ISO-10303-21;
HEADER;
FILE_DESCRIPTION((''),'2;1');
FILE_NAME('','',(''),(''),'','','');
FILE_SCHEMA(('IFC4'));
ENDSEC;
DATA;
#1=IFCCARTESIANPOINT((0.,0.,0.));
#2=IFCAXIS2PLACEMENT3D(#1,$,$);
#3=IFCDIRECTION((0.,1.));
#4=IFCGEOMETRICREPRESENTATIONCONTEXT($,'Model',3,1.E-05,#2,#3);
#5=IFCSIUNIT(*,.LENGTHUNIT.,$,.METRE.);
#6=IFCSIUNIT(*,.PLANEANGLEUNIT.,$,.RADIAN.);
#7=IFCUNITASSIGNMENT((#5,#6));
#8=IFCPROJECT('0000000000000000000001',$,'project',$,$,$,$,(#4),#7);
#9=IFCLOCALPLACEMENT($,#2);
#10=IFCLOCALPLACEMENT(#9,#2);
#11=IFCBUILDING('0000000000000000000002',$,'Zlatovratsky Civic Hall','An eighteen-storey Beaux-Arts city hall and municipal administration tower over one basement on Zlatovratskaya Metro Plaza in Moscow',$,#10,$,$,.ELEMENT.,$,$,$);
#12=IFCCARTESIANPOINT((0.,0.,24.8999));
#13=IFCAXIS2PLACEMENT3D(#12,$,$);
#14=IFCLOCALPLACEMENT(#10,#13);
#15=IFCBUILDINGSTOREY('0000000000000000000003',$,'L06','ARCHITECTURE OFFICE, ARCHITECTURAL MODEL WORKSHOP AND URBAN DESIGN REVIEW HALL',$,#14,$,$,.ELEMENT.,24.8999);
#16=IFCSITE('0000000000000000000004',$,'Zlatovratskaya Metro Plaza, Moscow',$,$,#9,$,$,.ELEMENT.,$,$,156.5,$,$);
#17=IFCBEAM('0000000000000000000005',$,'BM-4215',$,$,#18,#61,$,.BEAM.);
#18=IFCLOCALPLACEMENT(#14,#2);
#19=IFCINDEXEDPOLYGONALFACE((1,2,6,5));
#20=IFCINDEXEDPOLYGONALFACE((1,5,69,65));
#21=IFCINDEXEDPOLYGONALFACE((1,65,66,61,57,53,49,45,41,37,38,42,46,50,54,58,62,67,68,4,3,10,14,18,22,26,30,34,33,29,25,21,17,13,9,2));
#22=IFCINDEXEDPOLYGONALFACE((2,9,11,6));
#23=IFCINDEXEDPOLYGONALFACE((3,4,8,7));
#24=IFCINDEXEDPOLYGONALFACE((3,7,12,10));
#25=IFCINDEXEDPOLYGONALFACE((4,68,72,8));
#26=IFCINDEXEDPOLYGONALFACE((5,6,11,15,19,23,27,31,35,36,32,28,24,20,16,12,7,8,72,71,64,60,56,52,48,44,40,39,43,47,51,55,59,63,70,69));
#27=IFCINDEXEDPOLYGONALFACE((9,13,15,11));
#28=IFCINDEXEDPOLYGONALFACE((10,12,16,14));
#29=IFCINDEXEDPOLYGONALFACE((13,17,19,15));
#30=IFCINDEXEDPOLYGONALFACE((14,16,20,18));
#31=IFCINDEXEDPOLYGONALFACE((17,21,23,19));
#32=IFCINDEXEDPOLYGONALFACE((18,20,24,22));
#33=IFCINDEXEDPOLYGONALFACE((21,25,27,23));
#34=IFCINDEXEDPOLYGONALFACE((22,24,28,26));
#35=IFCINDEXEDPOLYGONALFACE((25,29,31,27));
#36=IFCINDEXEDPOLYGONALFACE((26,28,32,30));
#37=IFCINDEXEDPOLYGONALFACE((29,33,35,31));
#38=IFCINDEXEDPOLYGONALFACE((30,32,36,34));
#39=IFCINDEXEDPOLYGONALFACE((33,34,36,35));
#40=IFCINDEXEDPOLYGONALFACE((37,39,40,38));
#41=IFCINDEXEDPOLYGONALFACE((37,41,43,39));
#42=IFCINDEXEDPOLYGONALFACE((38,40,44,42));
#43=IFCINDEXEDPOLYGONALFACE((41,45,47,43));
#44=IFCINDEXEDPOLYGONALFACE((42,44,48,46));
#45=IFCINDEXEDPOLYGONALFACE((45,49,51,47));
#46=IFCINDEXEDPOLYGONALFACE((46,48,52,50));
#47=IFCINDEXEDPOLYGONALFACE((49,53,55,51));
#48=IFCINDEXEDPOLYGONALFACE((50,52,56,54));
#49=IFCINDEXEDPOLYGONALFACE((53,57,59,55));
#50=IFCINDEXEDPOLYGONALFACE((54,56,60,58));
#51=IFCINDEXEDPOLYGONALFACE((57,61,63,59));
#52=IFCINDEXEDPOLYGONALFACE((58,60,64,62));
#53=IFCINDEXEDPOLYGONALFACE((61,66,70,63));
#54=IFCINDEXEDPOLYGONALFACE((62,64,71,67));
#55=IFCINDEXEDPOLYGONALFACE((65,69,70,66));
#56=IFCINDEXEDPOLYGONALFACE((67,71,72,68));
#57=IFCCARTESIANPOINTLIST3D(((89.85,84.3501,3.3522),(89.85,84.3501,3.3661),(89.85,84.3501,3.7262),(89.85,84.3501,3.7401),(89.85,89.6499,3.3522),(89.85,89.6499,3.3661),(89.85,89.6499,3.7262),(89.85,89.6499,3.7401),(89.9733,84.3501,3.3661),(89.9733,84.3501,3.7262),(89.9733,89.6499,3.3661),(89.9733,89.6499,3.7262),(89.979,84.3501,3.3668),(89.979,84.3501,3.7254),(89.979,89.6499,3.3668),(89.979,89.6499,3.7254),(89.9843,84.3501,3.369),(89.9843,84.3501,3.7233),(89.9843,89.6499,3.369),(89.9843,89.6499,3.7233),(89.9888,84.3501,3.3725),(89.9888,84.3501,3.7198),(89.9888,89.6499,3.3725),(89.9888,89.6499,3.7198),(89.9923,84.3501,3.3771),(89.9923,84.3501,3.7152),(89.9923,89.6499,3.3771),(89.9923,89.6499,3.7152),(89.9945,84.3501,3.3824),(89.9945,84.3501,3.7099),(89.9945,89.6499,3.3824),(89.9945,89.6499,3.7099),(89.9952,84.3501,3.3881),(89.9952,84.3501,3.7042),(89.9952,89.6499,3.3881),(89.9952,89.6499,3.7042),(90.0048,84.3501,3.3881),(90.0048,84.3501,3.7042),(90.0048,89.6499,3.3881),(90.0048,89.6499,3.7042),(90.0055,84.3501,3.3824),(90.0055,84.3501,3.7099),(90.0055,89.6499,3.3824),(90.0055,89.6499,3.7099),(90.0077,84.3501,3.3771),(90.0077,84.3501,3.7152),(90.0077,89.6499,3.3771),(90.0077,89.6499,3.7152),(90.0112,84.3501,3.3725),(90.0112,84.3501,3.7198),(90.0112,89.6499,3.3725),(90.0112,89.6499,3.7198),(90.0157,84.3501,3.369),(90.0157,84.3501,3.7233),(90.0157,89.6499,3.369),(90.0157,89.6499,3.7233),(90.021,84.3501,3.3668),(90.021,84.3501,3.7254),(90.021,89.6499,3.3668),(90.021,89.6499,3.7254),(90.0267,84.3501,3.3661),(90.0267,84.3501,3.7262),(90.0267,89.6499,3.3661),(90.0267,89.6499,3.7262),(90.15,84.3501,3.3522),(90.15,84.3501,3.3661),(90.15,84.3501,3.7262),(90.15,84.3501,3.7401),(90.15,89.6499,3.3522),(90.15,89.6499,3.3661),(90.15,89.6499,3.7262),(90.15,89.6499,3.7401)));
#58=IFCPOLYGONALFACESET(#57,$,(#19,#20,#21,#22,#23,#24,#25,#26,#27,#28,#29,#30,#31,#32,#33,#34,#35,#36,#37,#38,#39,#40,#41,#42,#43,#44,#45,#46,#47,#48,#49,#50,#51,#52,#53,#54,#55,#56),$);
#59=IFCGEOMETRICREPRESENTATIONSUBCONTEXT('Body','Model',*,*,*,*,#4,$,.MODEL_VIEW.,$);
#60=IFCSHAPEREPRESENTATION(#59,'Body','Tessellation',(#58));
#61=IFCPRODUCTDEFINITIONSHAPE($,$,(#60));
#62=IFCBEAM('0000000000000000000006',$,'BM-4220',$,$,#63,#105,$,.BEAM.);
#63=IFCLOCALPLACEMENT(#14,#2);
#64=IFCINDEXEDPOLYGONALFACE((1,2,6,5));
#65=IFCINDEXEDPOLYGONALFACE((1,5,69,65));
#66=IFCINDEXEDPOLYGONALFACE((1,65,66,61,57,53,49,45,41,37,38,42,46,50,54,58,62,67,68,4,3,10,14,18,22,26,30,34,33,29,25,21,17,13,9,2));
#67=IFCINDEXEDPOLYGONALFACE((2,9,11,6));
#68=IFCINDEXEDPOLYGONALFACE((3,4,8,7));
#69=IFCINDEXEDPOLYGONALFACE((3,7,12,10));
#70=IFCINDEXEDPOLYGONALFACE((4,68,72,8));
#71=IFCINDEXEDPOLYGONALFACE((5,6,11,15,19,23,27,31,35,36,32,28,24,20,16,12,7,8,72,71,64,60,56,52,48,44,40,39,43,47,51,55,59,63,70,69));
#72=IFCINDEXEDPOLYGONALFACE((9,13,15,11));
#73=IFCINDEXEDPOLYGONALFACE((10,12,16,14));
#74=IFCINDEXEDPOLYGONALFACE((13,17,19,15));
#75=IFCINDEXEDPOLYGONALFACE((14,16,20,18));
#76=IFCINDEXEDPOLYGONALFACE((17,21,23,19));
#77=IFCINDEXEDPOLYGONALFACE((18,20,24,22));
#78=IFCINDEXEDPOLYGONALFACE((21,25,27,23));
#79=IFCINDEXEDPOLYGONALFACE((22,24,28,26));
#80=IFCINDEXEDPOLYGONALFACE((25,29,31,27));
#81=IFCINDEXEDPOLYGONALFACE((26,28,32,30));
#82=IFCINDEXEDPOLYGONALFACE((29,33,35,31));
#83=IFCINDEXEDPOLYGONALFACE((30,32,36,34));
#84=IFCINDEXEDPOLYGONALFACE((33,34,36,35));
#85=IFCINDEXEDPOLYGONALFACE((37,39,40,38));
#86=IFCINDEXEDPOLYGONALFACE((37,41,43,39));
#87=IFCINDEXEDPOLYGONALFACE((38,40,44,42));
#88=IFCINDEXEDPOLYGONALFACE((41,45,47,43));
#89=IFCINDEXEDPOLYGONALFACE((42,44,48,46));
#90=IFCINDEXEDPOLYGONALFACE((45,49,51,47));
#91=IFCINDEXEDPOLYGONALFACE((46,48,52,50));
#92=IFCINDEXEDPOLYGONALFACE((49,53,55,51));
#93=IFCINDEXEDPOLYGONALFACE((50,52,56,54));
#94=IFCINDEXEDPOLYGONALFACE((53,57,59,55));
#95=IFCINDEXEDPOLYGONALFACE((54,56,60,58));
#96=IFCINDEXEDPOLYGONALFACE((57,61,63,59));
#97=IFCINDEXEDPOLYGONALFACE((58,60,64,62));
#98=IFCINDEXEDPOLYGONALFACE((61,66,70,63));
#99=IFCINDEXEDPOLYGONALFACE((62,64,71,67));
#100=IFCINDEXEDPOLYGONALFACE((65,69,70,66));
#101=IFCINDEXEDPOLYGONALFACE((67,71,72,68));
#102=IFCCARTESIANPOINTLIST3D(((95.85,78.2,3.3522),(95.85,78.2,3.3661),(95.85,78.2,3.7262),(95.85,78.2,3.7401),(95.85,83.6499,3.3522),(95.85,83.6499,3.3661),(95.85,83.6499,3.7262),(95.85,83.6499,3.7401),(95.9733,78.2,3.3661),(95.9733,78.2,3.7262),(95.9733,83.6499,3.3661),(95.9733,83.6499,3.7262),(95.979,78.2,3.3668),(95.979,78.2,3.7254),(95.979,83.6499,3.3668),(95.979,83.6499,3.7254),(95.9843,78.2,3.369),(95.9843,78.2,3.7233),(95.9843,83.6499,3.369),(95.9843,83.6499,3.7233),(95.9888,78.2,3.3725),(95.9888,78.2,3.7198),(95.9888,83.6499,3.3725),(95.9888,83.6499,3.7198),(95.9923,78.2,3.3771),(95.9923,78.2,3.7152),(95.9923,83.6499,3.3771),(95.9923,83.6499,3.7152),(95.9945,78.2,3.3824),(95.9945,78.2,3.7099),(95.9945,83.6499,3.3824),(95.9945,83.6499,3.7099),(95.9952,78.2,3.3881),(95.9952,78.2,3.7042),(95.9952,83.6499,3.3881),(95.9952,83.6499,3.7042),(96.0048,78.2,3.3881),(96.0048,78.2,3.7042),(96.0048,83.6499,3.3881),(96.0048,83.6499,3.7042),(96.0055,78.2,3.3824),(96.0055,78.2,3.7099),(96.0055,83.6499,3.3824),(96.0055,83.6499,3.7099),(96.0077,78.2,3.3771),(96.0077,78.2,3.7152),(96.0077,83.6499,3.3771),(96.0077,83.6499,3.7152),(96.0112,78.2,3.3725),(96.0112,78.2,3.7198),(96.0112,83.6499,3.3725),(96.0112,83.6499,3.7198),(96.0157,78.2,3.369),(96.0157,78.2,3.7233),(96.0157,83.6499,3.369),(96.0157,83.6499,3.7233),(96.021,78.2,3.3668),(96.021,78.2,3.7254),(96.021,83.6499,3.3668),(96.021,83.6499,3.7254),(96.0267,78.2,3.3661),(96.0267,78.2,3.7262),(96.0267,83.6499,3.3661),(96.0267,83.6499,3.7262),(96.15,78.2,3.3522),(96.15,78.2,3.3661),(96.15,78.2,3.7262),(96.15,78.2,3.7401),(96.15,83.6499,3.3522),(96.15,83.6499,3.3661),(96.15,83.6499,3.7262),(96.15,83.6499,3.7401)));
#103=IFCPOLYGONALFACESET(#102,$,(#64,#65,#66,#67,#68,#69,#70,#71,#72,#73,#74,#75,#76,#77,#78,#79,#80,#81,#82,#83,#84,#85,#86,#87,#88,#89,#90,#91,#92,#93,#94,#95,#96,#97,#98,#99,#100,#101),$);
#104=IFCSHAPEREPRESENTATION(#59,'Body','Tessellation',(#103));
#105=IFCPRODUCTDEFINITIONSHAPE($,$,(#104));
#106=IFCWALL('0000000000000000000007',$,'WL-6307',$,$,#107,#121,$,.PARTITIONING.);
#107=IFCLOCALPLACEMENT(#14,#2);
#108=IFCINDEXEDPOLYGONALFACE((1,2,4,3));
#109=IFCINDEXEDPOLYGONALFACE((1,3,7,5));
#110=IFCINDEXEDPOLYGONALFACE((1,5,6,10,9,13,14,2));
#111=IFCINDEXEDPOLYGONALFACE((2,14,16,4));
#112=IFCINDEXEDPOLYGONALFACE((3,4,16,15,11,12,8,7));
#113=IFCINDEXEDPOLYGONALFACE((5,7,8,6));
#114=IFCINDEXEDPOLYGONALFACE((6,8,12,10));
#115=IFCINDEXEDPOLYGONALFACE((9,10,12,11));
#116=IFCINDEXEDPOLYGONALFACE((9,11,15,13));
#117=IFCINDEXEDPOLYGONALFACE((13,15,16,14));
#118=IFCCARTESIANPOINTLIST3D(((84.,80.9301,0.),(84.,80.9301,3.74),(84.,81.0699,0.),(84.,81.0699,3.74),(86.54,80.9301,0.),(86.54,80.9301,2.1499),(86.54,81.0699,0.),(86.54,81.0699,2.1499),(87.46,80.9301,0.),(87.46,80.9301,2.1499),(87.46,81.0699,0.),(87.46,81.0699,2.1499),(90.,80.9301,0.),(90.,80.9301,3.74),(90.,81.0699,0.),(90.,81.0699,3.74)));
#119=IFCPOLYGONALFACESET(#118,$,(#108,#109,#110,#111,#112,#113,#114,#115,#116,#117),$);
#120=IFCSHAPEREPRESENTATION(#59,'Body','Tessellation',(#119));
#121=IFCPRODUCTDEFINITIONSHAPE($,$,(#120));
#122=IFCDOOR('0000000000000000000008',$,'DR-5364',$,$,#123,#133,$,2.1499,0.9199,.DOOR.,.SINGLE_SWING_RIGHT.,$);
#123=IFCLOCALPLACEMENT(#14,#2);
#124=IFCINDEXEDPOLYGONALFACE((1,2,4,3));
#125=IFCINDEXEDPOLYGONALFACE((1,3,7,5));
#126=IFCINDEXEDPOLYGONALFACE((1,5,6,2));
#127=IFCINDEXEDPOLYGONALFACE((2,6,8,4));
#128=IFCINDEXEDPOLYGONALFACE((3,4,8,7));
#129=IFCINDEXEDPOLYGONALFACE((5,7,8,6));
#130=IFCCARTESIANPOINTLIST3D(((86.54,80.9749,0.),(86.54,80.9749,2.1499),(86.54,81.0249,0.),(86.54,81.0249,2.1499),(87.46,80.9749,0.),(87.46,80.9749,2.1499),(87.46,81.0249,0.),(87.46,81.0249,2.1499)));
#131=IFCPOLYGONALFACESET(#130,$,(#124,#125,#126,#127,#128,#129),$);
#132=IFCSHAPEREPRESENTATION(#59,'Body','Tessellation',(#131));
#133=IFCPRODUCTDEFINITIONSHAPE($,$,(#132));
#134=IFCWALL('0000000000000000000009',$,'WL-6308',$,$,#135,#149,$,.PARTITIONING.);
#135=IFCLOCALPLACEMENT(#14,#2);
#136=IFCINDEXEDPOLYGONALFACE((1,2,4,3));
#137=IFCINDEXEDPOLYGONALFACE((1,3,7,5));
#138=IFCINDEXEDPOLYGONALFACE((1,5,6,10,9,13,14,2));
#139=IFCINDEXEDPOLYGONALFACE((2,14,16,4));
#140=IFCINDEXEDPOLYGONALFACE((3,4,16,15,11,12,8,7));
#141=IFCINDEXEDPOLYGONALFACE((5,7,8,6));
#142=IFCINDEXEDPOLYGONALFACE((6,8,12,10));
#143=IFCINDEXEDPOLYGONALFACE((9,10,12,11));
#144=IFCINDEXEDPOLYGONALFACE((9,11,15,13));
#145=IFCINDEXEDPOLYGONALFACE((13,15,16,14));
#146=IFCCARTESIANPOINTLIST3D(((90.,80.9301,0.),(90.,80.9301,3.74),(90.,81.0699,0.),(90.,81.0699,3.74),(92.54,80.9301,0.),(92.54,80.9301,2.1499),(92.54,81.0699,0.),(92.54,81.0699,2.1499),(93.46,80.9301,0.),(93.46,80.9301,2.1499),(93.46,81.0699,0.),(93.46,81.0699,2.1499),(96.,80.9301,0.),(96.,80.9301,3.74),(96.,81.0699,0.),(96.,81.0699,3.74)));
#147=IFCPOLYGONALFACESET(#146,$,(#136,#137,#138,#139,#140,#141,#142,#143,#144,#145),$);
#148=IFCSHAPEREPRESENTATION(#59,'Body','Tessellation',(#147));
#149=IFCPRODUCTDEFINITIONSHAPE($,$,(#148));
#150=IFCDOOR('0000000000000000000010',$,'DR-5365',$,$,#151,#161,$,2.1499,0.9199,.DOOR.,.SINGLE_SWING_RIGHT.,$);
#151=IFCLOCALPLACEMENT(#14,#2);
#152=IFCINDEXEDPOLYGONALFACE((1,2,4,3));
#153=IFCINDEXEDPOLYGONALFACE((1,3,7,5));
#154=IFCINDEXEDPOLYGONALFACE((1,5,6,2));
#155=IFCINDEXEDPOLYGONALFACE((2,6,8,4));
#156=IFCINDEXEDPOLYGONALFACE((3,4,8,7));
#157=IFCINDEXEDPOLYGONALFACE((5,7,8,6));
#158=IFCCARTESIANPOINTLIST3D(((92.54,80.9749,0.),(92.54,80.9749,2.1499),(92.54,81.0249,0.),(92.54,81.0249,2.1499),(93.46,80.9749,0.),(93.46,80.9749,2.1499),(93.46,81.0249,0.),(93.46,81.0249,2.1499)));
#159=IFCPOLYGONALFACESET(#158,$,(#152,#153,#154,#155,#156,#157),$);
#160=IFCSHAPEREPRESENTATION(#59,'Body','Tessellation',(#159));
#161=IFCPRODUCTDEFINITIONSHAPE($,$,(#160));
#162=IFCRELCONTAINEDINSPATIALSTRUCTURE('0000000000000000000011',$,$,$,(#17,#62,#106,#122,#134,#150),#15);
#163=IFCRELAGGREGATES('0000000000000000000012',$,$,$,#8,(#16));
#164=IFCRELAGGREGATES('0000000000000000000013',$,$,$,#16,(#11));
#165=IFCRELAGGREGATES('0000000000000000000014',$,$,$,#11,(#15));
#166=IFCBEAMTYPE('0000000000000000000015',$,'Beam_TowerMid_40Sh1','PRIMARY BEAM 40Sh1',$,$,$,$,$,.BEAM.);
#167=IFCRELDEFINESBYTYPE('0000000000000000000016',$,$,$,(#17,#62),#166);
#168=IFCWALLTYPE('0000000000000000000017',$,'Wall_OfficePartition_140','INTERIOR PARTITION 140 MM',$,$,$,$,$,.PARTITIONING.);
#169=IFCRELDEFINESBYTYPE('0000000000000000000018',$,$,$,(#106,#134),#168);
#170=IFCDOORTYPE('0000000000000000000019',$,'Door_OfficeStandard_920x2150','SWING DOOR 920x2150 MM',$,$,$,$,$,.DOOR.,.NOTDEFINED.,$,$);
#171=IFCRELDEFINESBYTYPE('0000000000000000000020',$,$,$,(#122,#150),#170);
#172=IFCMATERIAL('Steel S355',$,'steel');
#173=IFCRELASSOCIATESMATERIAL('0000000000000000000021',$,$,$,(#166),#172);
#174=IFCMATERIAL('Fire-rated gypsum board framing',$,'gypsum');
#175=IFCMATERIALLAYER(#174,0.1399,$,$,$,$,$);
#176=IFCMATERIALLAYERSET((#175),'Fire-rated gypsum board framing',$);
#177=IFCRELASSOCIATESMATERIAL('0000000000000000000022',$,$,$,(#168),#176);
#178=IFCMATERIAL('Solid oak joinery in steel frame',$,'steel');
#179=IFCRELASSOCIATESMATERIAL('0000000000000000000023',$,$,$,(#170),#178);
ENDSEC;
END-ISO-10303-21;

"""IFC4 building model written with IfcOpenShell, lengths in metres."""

from ifc_helpers import new_model, si_unit, direction, frame, frame_2d, origin, origin_2d, place, context, subcontext, project, spatial, rectangle, i_section, extrude, material, layer, layer_set, material_profile, profile_set, type_object, element, fill, save


model = new_model("IFC4")

# Units and contexts
model_context = context("Model", 3, precision=1e-05, world=origin(), true_north=direction((0.0, 1.0)))
body_context = subcontext(model_context, "Body", "Model", "MODEL_VIEW")
ifc_project = project(units=[si_unit("LENGTHUNIT", "METRE"), si_unit("PLANEANGLEUNIT", "RADIAN")], contexts=[model_context])

# Site, building, storey
site_placement = place(None, origin())
site = spatial("IfcSite", under=ifc_project, at=site_placement, Name="Zlatovratskaya Metro Plaza, Moscow", CompositionType="ELEMENT", RefElevation=156.5)
building_placement = place(site_placement, origin())
building = spatial("IfcBuilding", under=site, at=building_placement, Name="Zlatovratsky Civic Hall", Description="An eighteen-storey Beaux-Arts city hall and municipal administration tower over one basement on Zlatovratskaya Metro Plaza in Moscow", CompositionType="ELEMENT")
storey_placement = place(building_placement, frame((0.0, 0.0, 24.8999)))
storey = spatial("IfcBuildingStorey", under=building, at=storey_placement, Name="L06", Description="ARCHITECTURE OFFICE, ARCHITECTURAL MODEL WORKSHOP AND URBAN DESIGN REVIEW HALL", CompositionType="ELEMENT", Elevation=24.8999)

# Shared definitions
ifc_material_1 = material(Name="Steel S355", Category="steel")

# Beams
ifc_material_profile_1 = material_profile(ifc_material_1, i_section(OverallWidth=0.3, OverallDepth=0.3879, WebThickness=0.0095, FlangeThickness=0.0139, FilletRadius=0.022, at=origin_2d()), Name="40Sh1")
ifc_profile_set_1 = profile_set([ifc_material_profile_1], Name="Steel S355")
beam_type = type_object("IfcBeamType", Name="Beam_TowerMid_40Sh1", Description="PRIMARY BEAM 40Sh1", PredefinedType="BEAM", material=ifc_profile_set_1)
beam_1_placement = place(storey_placement, frame((90.0, 84.3501, 3.5461), z_axis=(0.0, 1.0, 0.0), x_axis=(-1.0, 0.0, 0.0)))
element("IfcBeam", 1, at=beam_1_placement, inside=storey, type_object=beam_type, Name="BM-4215", PredefinedType="BEAM", context=body_context, shape_type="SweptSolid", body=[
    extrude(i_section(OverallWidth=0.3, OverallDepth=0.3879, WebThickness=0.0095, FlangeThickness=0.0139, FilletRadius=0.022, at=origin_2d()), origin(), (0.0, 0.0, 1.0), 5.2998),
])
beam_2_placement = place(storey_placement, frame((96.0, 78.2, 3.5461), z_axis=(0.0, 1.0, 0.0), x_axis=(-1.0, 0.0, 0.0)))
element("IfcBeam", 2, at=beam_2_placement, inside=storey, type_object=beam_type, Name="BM-4220", PredefinedType="BEAM", context=body_context, shape_type="SweptSolid", body=[
    extrude(i_section(OverallWidth=0.3, OverallDepth=0.3879, WebThickness=0.0095, FlangeThickness=0.0139, FilletRadius=0.022, at=origin_2d()), origin(), (0.0, 0.0, 1.0), 5.45),
])

# Walls, openings, doors
ifc_material_2 = material(Name="Fire-rated gypsum board framing", Category="gypsum")
ifc_layer_1 = layer(ifc_material_2, 0.1399)
ifc_layer_set_1 = layer_set([ifc_layer_1], Name="Fire-rated gypsum board framing")
wall_type_1 = type_object("IfcWallType", Name="Wall_OfficePartition_140", Description="INTERIOR PARTITION 140 MM", PredefinedType="PARTITIONING", material=ifc_layer_set_1)
wall_1_placement = place(storey_placement, frame((84.0, 81.0, 0.0), z_axis=(0.0, 0.0, 1.0), x_axis=(1.0, 0.0, 0.0)))
wall_1 = element("IfcWall", 3, at=wall_1_placement, inside=storey, type_object=wall_type_1, Name="WL-6307", PredefinedType="PARTITIONING", context=body_context, shape_type="SweptSolid", body=[
    extrude(rectangle(XDim=6.0, YDim=0.1399, at=frame_2d((3.0, 0.0))), origin(), (0.0, 0.0, 1.0), 3.74),
])
opening_1_placement = place(wall_1_placement, frame((2.54, 0.0, 0.0)))
opening_1 = element("IfcOpeningElement", 4, at=opening_1_placement, cuts=wall_1, PredefinedType="OPENING", context=body_context, shape_type="SweptSolid", body=[
    extrude(rectangle(XDim=0.9199, YDim=2.1499, at=frame_2d((0.46, 1.075))), frame((0.0, 0.085, 0.0), z_axis=(0.0, -1.0, 0.0), x_axis=(1.0, 0.0, 0.0)), (0.0, 0.0, 1.0), 0.1697),
])
ifc_material_3 = material(Name="Solid oak joinery in steel frame", Category="steel")
door_type_1 = type_object("IfcDoorType", Name="Door_OfficeStandard_920x2150", Description="SWING DOOR 920x2150 MM", OperationType="NOTDEFINED", PredefinedType="DOOR", material=ifc_material_3)
door_1_placement = place(opening_1_placement, origin())
door_1 = element("IfcDoor", 5, at=door_1_placement, inside=storey, type_object=door_type_1, Name="DR-5364", OperationType="SINGLE_SWING_RIGHT", OverallHeight=2.1499, OverallWidth=0.9199, PredefinedType="DOOR", context=body_context, shape_type="SweptSolid", body=[
    extrude(rectangle(XDim=0.9199, YDim=2.1499, at=frame_2d((0.46, 1.075))), frame((0.0, 0.0249, 0.0), z_axis=(0.0, -1.0, 0.0), x_axis=(1.0, 0.0, 0.0)), (0.0, 0.0, 1.0), 0.05),
])
fill(opening_1, door_1)
wall_2_placement = place(storey_placement, frame((90.0, 81.0, 0.0), z_axis=(0.0, 0.0, 1.0), x_axis=(1.0, 0.0, 0.0)))
wall_2 = element("IfcWall", 6, at=wall_2_placement, inside=storey, type_object=wall_type_1, Name="WL-6308", PredefinedType="PARTITIONING", context=body_context, shape_type="SweptSolid", body=[
    extrude(rectangle(XDim=6.0, YDim=0.1399, at=frame_2d((3.0, 0.0))), origin(), (0.0, 0.0, 1.0), 3.74),
])
opening_2_placement = place(wall_2_placement, frame((2.54, 0.0, 0.0)))
opening_2 = element("IfcOpeningElement", 7, at=opening_2_placement, cuts=wall_2, PredefinedType="OPENING", context=body_context, shape_type="SweptSolid", body=[
    extrude(rectangle(XDim=0.9199, YDim=2.1499, at=frame_2d((0.46, 1.075))), frame((0.0, 0.085, 0.0), z_axis=(0.0, -1.0, 0.0), x_axis=(1.0, 0.0, 0.0)), (0.0, 0.0, 1.0), 0.1697),
])
door_2_placement = place(opening_2_placement, origin())
door_2 = element("IfcDoor", 8, at=door_2_placement, inside=storey, type_object=door_type_1, Name="DR-5365", OperationType="SINGLE_SWING_RIGHT", OverallHeight=2.1499, OverallWidth=0.9199, PredefinedType="DOOR", context=body_context, shape_type="SweptSolid", body=[
    extrude(rectangle(XDim=0.9199, YDim=2.1499, at=frame_2d((0.46, 1.075))), frame((0.0, 0.0249, 0.0), z_axis=(0.0, -1.0, 0.0), x_axis=(1.0, 0.0, 0.0)), (0.0, 0.0, 1.0), 0.05),
])
fill(opening_2, door_2)

save(model, "model.ifc")
